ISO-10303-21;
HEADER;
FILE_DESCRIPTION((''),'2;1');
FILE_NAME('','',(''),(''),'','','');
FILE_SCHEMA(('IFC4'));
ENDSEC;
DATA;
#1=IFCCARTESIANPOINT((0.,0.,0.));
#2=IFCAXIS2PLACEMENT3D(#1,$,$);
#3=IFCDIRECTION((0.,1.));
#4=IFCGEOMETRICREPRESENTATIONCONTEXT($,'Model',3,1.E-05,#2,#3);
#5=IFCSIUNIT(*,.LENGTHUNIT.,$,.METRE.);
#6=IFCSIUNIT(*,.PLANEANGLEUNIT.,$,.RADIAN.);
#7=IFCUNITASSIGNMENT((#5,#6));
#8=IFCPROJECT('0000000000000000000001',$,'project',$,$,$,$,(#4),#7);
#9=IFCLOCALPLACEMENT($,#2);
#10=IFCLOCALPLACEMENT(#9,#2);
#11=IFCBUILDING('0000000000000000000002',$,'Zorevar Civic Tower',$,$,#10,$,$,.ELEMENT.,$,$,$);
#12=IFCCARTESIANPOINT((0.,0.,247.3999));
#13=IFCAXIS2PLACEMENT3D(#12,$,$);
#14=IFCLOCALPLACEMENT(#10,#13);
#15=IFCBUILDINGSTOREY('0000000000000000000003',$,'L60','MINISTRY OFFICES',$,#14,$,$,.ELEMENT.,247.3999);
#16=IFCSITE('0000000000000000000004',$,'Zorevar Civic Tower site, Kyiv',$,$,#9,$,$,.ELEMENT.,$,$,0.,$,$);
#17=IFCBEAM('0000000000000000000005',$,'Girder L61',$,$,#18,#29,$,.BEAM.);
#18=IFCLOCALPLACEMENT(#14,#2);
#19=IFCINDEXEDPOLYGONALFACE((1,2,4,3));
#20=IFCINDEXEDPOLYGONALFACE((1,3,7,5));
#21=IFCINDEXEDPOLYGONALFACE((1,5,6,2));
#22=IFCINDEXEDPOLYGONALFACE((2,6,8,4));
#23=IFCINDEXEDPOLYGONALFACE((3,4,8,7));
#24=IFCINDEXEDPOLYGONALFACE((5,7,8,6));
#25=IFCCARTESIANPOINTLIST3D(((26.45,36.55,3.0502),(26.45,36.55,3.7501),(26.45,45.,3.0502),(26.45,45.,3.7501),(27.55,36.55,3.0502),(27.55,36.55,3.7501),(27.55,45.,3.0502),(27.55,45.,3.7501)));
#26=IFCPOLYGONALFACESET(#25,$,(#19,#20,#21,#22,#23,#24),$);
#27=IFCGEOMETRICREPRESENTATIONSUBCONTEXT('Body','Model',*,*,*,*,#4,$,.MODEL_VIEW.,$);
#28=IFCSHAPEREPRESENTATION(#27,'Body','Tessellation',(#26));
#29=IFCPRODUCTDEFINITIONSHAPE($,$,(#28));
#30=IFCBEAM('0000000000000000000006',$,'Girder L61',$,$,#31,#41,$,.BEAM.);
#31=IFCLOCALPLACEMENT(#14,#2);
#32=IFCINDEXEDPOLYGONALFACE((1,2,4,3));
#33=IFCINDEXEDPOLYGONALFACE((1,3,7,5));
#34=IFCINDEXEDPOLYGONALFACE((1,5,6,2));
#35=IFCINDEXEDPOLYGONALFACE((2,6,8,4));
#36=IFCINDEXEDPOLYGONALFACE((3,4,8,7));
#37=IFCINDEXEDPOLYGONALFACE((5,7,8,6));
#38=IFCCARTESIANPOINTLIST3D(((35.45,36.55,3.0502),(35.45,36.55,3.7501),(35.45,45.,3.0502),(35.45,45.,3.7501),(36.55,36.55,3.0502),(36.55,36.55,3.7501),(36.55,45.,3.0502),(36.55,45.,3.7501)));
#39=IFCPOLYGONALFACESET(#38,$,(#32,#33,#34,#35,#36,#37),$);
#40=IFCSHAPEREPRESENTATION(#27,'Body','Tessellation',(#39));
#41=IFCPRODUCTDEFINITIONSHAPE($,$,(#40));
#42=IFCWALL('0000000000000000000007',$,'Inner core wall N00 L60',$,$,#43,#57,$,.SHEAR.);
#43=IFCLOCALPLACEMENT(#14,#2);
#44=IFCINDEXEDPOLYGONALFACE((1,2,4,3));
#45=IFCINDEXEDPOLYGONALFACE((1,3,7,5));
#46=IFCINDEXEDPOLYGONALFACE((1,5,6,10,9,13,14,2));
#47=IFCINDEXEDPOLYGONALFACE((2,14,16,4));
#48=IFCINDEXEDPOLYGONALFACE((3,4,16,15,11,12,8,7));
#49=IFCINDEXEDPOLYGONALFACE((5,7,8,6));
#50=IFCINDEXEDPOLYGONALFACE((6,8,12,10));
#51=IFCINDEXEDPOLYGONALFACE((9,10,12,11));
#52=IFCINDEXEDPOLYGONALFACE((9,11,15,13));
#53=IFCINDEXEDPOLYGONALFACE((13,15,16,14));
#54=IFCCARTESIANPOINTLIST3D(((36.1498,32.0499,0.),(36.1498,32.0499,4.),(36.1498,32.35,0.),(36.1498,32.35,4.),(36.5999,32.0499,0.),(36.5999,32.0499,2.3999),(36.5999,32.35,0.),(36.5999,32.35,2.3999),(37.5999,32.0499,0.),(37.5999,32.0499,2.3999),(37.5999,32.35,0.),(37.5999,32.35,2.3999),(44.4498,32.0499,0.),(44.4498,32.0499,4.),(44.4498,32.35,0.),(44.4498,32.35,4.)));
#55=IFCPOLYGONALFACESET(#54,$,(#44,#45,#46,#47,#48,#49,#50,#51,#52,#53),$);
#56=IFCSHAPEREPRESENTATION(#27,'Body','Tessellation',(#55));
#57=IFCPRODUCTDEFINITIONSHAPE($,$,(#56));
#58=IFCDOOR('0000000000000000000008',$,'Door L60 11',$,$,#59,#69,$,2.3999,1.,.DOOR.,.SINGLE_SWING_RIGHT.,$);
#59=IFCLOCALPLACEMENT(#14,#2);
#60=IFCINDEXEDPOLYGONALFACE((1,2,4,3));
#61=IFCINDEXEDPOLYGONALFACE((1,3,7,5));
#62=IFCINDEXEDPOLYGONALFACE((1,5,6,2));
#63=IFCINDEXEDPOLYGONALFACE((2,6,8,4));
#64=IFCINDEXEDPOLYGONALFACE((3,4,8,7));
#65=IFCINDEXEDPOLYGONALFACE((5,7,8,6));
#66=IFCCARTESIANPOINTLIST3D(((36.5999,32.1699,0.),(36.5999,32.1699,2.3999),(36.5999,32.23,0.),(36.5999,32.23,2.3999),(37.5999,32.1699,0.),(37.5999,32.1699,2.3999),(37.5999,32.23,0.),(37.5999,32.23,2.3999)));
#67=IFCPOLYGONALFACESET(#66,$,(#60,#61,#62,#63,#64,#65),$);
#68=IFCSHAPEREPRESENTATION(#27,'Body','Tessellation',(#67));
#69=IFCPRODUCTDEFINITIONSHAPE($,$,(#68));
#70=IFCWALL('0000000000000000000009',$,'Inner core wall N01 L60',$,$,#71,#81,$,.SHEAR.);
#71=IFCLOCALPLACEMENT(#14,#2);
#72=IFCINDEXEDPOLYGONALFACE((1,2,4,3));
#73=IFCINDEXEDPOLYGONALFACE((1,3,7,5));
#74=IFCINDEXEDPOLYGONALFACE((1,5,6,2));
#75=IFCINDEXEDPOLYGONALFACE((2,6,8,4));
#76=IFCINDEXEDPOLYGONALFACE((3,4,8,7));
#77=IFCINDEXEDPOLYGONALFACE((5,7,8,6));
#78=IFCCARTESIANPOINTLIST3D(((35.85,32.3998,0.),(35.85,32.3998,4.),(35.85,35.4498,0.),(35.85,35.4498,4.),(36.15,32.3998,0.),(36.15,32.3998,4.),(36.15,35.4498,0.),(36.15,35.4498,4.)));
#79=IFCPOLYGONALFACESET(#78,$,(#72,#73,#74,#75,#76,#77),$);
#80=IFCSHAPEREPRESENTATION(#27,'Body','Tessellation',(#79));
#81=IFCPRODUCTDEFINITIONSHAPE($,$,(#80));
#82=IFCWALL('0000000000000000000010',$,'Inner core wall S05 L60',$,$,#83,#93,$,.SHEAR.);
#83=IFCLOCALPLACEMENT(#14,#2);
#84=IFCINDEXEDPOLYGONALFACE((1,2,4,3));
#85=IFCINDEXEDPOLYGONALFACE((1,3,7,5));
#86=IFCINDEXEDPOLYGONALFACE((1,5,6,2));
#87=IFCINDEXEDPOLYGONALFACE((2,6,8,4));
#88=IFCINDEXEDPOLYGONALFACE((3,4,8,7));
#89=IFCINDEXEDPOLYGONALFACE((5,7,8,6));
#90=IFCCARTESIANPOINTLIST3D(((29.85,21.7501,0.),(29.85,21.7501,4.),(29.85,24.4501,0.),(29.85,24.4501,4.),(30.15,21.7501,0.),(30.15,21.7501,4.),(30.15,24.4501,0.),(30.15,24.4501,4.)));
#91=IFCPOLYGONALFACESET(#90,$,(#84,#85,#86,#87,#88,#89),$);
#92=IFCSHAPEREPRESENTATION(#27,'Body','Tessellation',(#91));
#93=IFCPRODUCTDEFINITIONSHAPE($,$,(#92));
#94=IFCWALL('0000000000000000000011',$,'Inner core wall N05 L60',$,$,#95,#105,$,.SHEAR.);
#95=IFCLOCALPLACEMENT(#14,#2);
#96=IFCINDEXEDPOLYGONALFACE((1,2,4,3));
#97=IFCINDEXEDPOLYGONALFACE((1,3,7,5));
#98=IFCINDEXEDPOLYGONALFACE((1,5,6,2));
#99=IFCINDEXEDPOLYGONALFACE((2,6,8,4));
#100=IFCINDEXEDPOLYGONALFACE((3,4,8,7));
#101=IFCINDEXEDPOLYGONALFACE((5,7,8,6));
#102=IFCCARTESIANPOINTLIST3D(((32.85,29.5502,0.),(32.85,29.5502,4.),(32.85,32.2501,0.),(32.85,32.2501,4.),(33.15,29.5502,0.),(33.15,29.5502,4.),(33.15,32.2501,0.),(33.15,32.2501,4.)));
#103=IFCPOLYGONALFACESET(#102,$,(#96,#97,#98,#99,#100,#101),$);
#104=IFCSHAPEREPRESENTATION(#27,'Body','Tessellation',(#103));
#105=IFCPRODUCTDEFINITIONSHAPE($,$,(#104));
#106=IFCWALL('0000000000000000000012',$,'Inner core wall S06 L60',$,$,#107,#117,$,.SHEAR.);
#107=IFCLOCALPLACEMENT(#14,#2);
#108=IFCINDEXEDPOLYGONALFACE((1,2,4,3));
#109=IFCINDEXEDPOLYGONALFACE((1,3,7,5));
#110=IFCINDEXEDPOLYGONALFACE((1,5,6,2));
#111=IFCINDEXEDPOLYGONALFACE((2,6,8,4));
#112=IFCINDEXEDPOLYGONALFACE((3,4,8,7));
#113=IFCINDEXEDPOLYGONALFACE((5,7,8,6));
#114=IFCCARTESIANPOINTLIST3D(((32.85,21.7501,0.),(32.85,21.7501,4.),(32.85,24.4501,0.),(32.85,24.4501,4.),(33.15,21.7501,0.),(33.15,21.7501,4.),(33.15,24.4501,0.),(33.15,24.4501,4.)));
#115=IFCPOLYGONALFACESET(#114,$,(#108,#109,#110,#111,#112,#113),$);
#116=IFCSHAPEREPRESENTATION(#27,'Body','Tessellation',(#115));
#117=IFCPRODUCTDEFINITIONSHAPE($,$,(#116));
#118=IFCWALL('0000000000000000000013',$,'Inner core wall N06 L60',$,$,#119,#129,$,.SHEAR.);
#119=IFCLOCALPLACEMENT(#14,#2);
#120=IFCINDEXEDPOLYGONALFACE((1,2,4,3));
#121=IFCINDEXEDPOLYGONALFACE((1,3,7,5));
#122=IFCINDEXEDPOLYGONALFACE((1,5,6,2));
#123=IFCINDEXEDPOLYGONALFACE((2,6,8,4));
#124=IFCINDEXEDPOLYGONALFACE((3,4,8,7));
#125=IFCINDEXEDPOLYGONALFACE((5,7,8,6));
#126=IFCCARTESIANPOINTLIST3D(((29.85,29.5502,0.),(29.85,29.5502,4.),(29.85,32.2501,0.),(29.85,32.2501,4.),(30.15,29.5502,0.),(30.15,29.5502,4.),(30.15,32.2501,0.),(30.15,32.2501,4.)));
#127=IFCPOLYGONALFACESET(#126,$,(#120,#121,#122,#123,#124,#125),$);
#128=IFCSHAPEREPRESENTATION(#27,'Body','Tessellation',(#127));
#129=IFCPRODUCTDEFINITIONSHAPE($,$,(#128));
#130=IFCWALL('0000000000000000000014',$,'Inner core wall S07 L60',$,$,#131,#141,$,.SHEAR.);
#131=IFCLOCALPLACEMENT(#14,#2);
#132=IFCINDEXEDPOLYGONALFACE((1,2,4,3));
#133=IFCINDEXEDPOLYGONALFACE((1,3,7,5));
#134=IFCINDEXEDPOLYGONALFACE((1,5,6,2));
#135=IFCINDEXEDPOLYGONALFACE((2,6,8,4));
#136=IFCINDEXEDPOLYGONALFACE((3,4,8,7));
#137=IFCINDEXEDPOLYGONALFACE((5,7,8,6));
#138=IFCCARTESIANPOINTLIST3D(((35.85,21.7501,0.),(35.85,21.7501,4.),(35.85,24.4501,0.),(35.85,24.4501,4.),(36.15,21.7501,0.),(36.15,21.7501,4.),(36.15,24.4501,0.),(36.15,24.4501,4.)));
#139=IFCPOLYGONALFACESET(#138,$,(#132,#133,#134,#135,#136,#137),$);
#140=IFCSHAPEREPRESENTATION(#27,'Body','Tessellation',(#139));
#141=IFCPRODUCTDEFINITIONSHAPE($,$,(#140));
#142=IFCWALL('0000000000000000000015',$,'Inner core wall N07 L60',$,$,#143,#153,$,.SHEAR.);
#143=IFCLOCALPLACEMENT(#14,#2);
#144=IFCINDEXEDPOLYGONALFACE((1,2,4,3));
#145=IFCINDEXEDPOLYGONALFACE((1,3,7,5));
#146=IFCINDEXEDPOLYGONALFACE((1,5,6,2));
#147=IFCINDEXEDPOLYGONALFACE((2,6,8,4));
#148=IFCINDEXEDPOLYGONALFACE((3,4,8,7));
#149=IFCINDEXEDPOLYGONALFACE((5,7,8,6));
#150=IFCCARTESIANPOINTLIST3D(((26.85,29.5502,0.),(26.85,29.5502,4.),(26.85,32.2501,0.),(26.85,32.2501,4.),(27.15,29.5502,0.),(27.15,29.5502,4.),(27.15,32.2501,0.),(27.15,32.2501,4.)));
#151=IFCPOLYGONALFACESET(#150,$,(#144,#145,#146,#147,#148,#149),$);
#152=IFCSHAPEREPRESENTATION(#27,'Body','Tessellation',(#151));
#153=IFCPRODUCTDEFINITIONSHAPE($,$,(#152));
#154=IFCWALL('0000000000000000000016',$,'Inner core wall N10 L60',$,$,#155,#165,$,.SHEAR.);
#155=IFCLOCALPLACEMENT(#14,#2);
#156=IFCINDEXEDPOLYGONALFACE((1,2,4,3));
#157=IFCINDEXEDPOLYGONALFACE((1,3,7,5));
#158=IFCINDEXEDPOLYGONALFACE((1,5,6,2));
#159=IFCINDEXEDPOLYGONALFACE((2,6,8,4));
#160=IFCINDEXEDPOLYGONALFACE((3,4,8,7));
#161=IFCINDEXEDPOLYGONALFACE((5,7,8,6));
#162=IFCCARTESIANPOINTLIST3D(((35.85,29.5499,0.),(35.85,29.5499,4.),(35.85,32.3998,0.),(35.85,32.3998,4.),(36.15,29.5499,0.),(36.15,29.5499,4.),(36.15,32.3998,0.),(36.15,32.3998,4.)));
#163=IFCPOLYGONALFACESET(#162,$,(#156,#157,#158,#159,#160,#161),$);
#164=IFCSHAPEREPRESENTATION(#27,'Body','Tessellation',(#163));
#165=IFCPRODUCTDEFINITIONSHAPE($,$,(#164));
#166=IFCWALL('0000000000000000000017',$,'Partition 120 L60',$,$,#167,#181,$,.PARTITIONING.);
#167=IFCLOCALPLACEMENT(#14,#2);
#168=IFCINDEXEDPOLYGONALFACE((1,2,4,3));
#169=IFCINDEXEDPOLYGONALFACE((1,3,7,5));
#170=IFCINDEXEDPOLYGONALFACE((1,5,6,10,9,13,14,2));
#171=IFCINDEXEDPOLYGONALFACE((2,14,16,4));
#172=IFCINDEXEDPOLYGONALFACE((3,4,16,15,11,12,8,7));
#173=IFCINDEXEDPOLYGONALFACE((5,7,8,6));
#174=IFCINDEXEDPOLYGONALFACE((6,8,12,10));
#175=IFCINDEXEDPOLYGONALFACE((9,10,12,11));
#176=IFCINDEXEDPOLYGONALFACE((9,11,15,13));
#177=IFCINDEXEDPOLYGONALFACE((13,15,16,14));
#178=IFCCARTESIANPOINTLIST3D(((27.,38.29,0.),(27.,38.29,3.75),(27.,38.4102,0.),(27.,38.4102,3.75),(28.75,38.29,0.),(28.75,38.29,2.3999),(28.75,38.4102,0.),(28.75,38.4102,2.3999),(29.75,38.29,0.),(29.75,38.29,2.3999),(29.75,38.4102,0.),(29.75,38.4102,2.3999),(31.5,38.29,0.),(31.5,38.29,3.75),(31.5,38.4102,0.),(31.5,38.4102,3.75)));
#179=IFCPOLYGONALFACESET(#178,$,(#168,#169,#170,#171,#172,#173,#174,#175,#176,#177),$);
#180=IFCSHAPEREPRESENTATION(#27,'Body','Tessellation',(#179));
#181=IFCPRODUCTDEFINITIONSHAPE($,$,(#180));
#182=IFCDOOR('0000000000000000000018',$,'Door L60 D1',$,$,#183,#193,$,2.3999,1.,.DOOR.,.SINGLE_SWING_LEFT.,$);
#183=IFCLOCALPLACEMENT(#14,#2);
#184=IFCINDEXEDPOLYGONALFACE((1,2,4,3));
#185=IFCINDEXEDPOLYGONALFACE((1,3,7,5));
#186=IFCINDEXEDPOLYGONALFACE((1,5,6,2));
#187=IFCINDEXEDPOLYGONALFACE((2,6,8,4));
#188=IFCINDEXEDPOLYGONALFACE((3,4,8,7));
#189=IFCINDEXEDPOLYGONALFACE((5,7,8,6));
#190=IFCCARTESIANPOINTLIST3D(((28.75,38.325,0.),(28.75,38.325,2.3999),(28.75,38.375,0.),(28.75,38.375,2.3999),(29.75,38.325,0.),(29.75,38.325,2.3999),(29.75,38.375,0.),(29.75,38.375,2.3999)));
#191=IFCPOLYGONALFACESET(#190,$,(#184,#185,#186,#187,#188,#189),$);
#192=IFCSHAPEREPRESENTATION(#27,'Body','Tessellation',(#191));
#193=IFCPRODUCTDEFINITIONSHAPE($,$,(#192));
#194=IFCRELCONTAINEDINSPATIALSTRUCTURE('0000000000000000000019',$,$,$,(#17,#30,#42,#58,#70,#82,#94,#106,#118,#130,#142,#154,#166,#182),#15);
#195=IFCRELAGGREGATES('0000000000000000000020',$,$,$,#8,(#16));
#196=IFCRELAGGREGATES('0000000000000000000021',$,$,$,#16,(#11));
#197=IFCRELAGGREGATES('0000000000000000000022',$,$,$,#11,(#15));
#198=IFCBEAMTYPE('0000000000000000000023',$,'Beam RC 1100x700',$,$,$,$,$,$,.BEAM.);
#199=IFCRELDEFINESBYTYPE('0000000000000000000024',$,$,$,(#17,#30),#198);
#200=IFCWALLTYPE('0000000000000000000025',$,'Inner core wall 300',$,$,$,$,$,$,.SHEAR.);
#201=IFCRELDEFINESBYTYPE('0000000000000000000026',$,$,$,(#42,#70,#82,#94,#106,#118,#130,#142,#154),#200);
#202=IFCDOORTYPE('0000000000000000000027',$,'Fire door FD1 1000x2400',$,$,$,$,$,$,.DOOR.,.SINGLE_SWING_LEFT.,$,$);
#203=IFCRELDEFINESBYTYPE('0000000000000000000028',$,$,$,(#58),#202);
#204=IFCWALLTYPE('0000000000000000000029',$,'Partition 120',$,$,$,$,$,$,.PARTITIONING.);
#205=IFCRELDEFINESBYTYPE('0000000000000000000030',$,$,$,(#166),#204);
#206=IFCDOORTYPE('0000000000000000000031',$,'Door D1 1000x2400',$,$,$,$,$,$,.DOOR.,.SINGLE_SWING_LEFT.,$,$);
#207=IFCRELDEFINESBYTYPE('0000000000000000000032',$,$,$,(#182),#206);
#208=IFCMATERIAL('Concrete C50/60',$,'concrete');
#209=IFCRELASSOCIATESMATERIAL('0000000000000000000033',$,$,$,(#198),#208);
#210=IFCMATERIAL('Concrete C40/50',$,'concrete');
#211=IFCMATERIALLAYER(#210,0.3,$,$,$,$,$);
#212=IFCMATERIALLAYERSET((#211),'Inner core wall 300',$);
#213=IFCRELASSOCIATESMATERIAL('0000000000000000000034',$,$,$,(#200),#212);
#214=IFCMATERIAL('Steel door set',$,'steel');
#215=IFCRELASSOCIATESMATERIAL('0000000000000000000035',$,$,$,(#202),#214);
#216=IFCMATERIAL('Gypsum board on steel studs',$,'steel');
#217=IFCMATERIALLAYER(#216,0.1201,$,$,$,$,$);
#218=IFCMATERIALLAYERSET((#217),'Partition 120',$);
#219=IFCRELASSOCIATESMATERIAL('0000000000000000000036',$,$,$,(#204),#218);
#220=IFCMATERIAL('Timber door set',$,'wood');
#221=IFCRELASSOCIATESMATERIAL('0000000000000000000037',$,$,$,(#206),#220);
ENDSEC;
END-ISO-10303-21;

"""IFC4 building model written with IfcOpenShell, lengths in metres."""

from ifc_helpers import new_model, si_unit, direction, frame, frame_2d, origin, origin_2d, place, context, subcontext, project, spatial, rectangle, extrude, material, layer, layer_set, material_profile, profile_set, type_object, element, fill, save


model = new_model("IFC4")

# Units and contexts
model_context = context("Model", 3, precision=1e-05, world=origin(), true_north=direction((0.0, 1.0)))
body_context = subcontext(model_context, "Body", "Model", "MODEL_VIEW")
ifc_project = project(units=[si_unit("LENGTHUNIT", "METRE"), si_unit("PLANEANGLEUNIT", "RADIAN")], contexts=[model_context])

# Site, building, storey
site_placement = place(None, origin())
site = spatial("IfcSite", under=ifc_project, at=site_placement, Name="Zorevar Civic Tower site, Kyiv", CompositionType="ELEMENT", RefElevation=0.0)
building_placement = place(site_placement, origin())
building = spatial("IfcBuilding", under=site, at=building_placement, Name="Zorevar Civic Tower", CompositionType="ELEMENT")
storey_placement = place(building_placement, frame((0.0, 0.0, 247.3999)))
storey = spatial("IfcBuildingStorey", under=building, at=storey_placement, Name="L60", Description="MINISTRY OFFICES", CompositionType="ELEMENT", Elevation=247.3999)

# Beams
ifc_material_1 = material(Name="Concrete C50/60", Category="concrete")
ifc_material_profile = material_profile(ifc_material_1, rectangle(XDim=1.1001, YDim=0.7, at=origin_2d()), Name="RC 1100x700")
ifc_profile_set = profile_set([ifc_material_profile], Name="Concrete C50/60")
beam_type = type_object("IfcBeamType", Name="Beam RC 1100x700", PredefinedType="BEAM", material=ifc_profile_set)
for number, where, z_axis, x_axis, name in (
    (1, (27.0, 36.55, 3.4001), (0.0, 1.0, 0.0), (-1.0, 0.0, 0.0), "Girder L61"),
    (2, (36.0, 36.55, 3.4001), (0.0, 1.0, 0.0), (-1.0, 0.0, 0.0), "Girder L61"),
):
    element("IfcBeam", number, at=place(storey_placement, frame(where, z_axis=z_axis, x_axis=x_axis)), inside=storey, type_object=beam_type, Name=name, PredefinedType="BEAM", context=body_context, shape_type="SweptSolid", body=[
        extrude(rectangle(XDim=1.1001, YDim=0.7, at=origin_2d()), origin(), (0.0, 0.0, 1.0), 8.45),
    ])

# Wall, opening, door
ifc_material_2 = material(Name="Concrete C40/50", Category="concrete")
ifc_layer_1 = layer(ifc_material_2, 0.3)
ifc_layer_set_1 = layer_set([ifc_layer_1], Name="Inner core wall 300")
wall_type_1 = type_object("IfcWallType", Name="Inner core wall 300", PredefinedType="SHEAR", material=ifc_layer_set_1)
wall_1_placement = place(storey_placement, frame((36.1499, 32.2, 0.0), z_axis=(0.0, 0.0, 1.0), x_axis=(1.0, 0.0, 0.0)))
wall_1 = element("IfcWall", 3, at=wall_1_placement, inside=storey, type_object=wall_type_1, Name="Inner core wall N00 L60", PredefinedType="SHEAR", context=body_context, shape_type="SweptSolid", body=[
    extrude(rectangle(XDim=8.3, YDim=0.3, at=frame_2d((4.1499, 0.0))), origin(), (0.0, 0.0, 1.0), 4.0),
])
opening_1_placement = place(wall_1_placement, frame((0.45, 0.0, 0.0)))
opening_1 = element("IfcOpeningElement", 4, at=opening_1_placement, cuts=wall_1, PredefinedType="OPENING", context=body_context, shape_type="SweptSolid", body=[
    extrude(rectangle(XDim=1.0, YDim=2.3999, at=frame_2d((0.5, 1.2))), frame((0.0, 0.1599, 0.0), z_axis=(0.0, -1.0, 0.0), x_axis=(1.0, 0.0, 0.0)), (0.0, 0.0, 1.0), 0.3201),
])
ifc_material_3 = material(Name="Steel door set", Category="steel")
door_type_1 = type_object("IfcDoorType", Name="Fire door FD1 1000x2400", OperationType="SINGLE_SWING_LEFT", PredefinedType="DOOR", material=ifc_material_3)
door_1_placement = place(opening_1_placement, origin())
door_1 = element("IfcDoor", 5, at=door_1_placement, inside=storey, type_object=door_type_1, Name="Door L60 11", OperationType="SINGLE_SWING_RIGHT", OverallHeight=2.3999, OverallWidth=1.0, PredefinedType="DOOR", context=body_context, shape_type="SweptSolid", body=[
    extrude(rectangle(XDim=1.0, YDim=2.3999, at=frame_2d((0.5, 1.2))), frame((0.0, 0.03, 0.0), z_axis=(0.0, -1.0, 0.0), x_axis=(1.0, 0.0, 0.0)), (0.0, 0.0, 1.0), 0.0601),
])
fill(opening_1, door_1)

# Walls
wall_2_placement = place(storey_placement, frame((36.0, 32.3999, 0.0), z_axis=(0.0, 0.0, 1.0), x_axis=(0.0, 1.0, 0.0)))
element("IfcWall", 6, at=wall_2_placement, inside=storey, type_object=wall_type_1, Name="Inner core wall N01 L60", PredefinedType="SHEAR", context=body_context, shape_type="SweptSolid", body=[
    extrude(rectangle(XDim=3.05, YDim=0.3, at=frame_2d((1.5249, 0.0))), origin(), (0.0, 0.0, 1.0), 4.0),
])
for number, where, z_axis, x_axis, name in (
    (7, (30.0, 21.75, 0.0), (0.0, 0.0, 1.0), (0.0, 1.0, 0.0), "Inner core wall S05 L60"),
    (8, (33.0, 29.55, 0.0), (0.0, 0.0, 1.0), (0.0, 1.0, 0.0), "Inner core wall N05 L60"),
    (9, (33.0, 21.75, 0.0), (0.0, 0.0, 1.0), (0.0, 1.0, 0.0), "Inner core wall S06 L60"),
    (10, (30.0, 29.55, 0.0), (0.0, 0.0, 1.0), (0.0, 1.0, 0.0), "Inner core wall N06 L60"),
    (11, (36.0, 21.75, 0.0), (0.0, 0.0, 1.0), (0.0, 1.0, 0.0), "Inner core wall S07 L60"),
    (12, (27.0, 29.55, 0.0), (0.0, 0.0, 1.0), (0.0, 1.0, 0.0), "Inner core wall N07 L60"),
):
    element("IfcWall", number, at=place(storey_placement, frame(where, z_axis=z_axis, x_axis=x_axis)), inside=storey, type_object=wall_type_1, Name=name, PredefinedType="SHEAR", context=body_context, shape_type="SweptSolid", body=[
        extrude(rectangle(XDim=2.7, YDim=0.3, at=frame_2d((1.3501, 0.0))), origin(), (0.0, 0.0, 1.0), 4.0),
    ])
wall_3_placement = place(storey_placement, frame((36.0, 29.55, 0.0), z_axis=(0.0, 0.0, 1.0), x_axis=(0.0, 1.0, 0.0)))
element("IfcWall", 13, at=wall_3_placement, inside=storey, type_object=wall_type_1, Name="Inner core wall N10 L60", PredefinedType="SHEAR", context=body_context, shape_type="SweptSolid", body=[
    extrude(rectangle(XDim=2.8499, YDim=0.3, at=frame_2d((1.4248, 0.0))), origin(), (0.0, 0.0, 1.0), 4.0),
])

# Wall, opening, door
ifc_material_4 = material(Name="Gypsum board on steel studs", Category="steel")
ifc_layer_2 = layer(ifc_material_4, 0.1201)
ifc_layer_set_2 = layer_set([ifc_layer_2], Name="Partition 120")
wall_type_2 = type_object("IfcWallType", Name="Partition 120", PredefinedType="PARTITIONING", material=ifc_layer_set_2)
wall_4_placement = place(storey_placement, frame((27.0, 38.3501, 0.0), z_axis=(0.0, 0.0, 1.0), x_axis=(1.0, 0.0, 0.0)))
wall_4 = element("IfcWall", 14, at=wall_4_placement, inside=storey, type_object=wall_type_2, Name="Partition 120 L60", PredefinedType="PARTITIONING", context=body_context, shape_type="SweptSolid", body=[
    extrude(rectangle(XDim=4.5, YDim=0.1201, at=frame_2d((2.25, 0.0))), origin(), (0.0, 0.0, 1.0), 3.75),
])
opening_2_placement = place(wall_4_placement, frame((1.75, 0.0, 0.0)))
opening_2 = element("IfcOpeningElement", 15, at=opening_2_placement, cuts=wall_4, PredefinedType="OPENING", context=body_context, shape_type="SweptSolid", body=[
    extrude(rectangle(XDim=1.0, YDim=2.3999, at=frame_2d((0.5, 1.2))), frame((0.0, 0.0701, 0.0), z_axis=(0.0, -1.0, 0.0), x_axis=(1.0, 0.0, 0.0)), (0.0, 0.0, 1.0), 0.1401),
])
ifc_material_5 = material(Name="Timber door set", Category="wood")
door_type_2 = type_object("IfcDoorType", Name="Door D1 1000x2400", OperationType="SINGLE_SWING_LEFT", PredefinedType="DOOR", material=ifc_material_5)
door_2_placement = place(opening_2_placement, origin())
door_2 = element("IfcDoor", 16, at=door_2_placement, inside=storey, type_object=door_type_2, Name="Door L60 D1", OperationType="SINGLE_SWING_LEFT", OverallHeight=2.3999, OverallWidth=1.0, PredefinedType="DOOR", context=body_context, shape_type="SweptSolid", body=[
    extrude(rectangle(XDim=1.0, YDim=2.3999, at=frame_2d((0.5, 1.2))), frame((0.0, 0.0249, 0.0), z_axis=(0.0, -1.0, 0.0), x_axis=(1.0, 0.0, 0.0)), (0.0, 0.0, 1.0), 0.05),
])
fill(opening_2, door_2)

save(model, "model.ifc")
